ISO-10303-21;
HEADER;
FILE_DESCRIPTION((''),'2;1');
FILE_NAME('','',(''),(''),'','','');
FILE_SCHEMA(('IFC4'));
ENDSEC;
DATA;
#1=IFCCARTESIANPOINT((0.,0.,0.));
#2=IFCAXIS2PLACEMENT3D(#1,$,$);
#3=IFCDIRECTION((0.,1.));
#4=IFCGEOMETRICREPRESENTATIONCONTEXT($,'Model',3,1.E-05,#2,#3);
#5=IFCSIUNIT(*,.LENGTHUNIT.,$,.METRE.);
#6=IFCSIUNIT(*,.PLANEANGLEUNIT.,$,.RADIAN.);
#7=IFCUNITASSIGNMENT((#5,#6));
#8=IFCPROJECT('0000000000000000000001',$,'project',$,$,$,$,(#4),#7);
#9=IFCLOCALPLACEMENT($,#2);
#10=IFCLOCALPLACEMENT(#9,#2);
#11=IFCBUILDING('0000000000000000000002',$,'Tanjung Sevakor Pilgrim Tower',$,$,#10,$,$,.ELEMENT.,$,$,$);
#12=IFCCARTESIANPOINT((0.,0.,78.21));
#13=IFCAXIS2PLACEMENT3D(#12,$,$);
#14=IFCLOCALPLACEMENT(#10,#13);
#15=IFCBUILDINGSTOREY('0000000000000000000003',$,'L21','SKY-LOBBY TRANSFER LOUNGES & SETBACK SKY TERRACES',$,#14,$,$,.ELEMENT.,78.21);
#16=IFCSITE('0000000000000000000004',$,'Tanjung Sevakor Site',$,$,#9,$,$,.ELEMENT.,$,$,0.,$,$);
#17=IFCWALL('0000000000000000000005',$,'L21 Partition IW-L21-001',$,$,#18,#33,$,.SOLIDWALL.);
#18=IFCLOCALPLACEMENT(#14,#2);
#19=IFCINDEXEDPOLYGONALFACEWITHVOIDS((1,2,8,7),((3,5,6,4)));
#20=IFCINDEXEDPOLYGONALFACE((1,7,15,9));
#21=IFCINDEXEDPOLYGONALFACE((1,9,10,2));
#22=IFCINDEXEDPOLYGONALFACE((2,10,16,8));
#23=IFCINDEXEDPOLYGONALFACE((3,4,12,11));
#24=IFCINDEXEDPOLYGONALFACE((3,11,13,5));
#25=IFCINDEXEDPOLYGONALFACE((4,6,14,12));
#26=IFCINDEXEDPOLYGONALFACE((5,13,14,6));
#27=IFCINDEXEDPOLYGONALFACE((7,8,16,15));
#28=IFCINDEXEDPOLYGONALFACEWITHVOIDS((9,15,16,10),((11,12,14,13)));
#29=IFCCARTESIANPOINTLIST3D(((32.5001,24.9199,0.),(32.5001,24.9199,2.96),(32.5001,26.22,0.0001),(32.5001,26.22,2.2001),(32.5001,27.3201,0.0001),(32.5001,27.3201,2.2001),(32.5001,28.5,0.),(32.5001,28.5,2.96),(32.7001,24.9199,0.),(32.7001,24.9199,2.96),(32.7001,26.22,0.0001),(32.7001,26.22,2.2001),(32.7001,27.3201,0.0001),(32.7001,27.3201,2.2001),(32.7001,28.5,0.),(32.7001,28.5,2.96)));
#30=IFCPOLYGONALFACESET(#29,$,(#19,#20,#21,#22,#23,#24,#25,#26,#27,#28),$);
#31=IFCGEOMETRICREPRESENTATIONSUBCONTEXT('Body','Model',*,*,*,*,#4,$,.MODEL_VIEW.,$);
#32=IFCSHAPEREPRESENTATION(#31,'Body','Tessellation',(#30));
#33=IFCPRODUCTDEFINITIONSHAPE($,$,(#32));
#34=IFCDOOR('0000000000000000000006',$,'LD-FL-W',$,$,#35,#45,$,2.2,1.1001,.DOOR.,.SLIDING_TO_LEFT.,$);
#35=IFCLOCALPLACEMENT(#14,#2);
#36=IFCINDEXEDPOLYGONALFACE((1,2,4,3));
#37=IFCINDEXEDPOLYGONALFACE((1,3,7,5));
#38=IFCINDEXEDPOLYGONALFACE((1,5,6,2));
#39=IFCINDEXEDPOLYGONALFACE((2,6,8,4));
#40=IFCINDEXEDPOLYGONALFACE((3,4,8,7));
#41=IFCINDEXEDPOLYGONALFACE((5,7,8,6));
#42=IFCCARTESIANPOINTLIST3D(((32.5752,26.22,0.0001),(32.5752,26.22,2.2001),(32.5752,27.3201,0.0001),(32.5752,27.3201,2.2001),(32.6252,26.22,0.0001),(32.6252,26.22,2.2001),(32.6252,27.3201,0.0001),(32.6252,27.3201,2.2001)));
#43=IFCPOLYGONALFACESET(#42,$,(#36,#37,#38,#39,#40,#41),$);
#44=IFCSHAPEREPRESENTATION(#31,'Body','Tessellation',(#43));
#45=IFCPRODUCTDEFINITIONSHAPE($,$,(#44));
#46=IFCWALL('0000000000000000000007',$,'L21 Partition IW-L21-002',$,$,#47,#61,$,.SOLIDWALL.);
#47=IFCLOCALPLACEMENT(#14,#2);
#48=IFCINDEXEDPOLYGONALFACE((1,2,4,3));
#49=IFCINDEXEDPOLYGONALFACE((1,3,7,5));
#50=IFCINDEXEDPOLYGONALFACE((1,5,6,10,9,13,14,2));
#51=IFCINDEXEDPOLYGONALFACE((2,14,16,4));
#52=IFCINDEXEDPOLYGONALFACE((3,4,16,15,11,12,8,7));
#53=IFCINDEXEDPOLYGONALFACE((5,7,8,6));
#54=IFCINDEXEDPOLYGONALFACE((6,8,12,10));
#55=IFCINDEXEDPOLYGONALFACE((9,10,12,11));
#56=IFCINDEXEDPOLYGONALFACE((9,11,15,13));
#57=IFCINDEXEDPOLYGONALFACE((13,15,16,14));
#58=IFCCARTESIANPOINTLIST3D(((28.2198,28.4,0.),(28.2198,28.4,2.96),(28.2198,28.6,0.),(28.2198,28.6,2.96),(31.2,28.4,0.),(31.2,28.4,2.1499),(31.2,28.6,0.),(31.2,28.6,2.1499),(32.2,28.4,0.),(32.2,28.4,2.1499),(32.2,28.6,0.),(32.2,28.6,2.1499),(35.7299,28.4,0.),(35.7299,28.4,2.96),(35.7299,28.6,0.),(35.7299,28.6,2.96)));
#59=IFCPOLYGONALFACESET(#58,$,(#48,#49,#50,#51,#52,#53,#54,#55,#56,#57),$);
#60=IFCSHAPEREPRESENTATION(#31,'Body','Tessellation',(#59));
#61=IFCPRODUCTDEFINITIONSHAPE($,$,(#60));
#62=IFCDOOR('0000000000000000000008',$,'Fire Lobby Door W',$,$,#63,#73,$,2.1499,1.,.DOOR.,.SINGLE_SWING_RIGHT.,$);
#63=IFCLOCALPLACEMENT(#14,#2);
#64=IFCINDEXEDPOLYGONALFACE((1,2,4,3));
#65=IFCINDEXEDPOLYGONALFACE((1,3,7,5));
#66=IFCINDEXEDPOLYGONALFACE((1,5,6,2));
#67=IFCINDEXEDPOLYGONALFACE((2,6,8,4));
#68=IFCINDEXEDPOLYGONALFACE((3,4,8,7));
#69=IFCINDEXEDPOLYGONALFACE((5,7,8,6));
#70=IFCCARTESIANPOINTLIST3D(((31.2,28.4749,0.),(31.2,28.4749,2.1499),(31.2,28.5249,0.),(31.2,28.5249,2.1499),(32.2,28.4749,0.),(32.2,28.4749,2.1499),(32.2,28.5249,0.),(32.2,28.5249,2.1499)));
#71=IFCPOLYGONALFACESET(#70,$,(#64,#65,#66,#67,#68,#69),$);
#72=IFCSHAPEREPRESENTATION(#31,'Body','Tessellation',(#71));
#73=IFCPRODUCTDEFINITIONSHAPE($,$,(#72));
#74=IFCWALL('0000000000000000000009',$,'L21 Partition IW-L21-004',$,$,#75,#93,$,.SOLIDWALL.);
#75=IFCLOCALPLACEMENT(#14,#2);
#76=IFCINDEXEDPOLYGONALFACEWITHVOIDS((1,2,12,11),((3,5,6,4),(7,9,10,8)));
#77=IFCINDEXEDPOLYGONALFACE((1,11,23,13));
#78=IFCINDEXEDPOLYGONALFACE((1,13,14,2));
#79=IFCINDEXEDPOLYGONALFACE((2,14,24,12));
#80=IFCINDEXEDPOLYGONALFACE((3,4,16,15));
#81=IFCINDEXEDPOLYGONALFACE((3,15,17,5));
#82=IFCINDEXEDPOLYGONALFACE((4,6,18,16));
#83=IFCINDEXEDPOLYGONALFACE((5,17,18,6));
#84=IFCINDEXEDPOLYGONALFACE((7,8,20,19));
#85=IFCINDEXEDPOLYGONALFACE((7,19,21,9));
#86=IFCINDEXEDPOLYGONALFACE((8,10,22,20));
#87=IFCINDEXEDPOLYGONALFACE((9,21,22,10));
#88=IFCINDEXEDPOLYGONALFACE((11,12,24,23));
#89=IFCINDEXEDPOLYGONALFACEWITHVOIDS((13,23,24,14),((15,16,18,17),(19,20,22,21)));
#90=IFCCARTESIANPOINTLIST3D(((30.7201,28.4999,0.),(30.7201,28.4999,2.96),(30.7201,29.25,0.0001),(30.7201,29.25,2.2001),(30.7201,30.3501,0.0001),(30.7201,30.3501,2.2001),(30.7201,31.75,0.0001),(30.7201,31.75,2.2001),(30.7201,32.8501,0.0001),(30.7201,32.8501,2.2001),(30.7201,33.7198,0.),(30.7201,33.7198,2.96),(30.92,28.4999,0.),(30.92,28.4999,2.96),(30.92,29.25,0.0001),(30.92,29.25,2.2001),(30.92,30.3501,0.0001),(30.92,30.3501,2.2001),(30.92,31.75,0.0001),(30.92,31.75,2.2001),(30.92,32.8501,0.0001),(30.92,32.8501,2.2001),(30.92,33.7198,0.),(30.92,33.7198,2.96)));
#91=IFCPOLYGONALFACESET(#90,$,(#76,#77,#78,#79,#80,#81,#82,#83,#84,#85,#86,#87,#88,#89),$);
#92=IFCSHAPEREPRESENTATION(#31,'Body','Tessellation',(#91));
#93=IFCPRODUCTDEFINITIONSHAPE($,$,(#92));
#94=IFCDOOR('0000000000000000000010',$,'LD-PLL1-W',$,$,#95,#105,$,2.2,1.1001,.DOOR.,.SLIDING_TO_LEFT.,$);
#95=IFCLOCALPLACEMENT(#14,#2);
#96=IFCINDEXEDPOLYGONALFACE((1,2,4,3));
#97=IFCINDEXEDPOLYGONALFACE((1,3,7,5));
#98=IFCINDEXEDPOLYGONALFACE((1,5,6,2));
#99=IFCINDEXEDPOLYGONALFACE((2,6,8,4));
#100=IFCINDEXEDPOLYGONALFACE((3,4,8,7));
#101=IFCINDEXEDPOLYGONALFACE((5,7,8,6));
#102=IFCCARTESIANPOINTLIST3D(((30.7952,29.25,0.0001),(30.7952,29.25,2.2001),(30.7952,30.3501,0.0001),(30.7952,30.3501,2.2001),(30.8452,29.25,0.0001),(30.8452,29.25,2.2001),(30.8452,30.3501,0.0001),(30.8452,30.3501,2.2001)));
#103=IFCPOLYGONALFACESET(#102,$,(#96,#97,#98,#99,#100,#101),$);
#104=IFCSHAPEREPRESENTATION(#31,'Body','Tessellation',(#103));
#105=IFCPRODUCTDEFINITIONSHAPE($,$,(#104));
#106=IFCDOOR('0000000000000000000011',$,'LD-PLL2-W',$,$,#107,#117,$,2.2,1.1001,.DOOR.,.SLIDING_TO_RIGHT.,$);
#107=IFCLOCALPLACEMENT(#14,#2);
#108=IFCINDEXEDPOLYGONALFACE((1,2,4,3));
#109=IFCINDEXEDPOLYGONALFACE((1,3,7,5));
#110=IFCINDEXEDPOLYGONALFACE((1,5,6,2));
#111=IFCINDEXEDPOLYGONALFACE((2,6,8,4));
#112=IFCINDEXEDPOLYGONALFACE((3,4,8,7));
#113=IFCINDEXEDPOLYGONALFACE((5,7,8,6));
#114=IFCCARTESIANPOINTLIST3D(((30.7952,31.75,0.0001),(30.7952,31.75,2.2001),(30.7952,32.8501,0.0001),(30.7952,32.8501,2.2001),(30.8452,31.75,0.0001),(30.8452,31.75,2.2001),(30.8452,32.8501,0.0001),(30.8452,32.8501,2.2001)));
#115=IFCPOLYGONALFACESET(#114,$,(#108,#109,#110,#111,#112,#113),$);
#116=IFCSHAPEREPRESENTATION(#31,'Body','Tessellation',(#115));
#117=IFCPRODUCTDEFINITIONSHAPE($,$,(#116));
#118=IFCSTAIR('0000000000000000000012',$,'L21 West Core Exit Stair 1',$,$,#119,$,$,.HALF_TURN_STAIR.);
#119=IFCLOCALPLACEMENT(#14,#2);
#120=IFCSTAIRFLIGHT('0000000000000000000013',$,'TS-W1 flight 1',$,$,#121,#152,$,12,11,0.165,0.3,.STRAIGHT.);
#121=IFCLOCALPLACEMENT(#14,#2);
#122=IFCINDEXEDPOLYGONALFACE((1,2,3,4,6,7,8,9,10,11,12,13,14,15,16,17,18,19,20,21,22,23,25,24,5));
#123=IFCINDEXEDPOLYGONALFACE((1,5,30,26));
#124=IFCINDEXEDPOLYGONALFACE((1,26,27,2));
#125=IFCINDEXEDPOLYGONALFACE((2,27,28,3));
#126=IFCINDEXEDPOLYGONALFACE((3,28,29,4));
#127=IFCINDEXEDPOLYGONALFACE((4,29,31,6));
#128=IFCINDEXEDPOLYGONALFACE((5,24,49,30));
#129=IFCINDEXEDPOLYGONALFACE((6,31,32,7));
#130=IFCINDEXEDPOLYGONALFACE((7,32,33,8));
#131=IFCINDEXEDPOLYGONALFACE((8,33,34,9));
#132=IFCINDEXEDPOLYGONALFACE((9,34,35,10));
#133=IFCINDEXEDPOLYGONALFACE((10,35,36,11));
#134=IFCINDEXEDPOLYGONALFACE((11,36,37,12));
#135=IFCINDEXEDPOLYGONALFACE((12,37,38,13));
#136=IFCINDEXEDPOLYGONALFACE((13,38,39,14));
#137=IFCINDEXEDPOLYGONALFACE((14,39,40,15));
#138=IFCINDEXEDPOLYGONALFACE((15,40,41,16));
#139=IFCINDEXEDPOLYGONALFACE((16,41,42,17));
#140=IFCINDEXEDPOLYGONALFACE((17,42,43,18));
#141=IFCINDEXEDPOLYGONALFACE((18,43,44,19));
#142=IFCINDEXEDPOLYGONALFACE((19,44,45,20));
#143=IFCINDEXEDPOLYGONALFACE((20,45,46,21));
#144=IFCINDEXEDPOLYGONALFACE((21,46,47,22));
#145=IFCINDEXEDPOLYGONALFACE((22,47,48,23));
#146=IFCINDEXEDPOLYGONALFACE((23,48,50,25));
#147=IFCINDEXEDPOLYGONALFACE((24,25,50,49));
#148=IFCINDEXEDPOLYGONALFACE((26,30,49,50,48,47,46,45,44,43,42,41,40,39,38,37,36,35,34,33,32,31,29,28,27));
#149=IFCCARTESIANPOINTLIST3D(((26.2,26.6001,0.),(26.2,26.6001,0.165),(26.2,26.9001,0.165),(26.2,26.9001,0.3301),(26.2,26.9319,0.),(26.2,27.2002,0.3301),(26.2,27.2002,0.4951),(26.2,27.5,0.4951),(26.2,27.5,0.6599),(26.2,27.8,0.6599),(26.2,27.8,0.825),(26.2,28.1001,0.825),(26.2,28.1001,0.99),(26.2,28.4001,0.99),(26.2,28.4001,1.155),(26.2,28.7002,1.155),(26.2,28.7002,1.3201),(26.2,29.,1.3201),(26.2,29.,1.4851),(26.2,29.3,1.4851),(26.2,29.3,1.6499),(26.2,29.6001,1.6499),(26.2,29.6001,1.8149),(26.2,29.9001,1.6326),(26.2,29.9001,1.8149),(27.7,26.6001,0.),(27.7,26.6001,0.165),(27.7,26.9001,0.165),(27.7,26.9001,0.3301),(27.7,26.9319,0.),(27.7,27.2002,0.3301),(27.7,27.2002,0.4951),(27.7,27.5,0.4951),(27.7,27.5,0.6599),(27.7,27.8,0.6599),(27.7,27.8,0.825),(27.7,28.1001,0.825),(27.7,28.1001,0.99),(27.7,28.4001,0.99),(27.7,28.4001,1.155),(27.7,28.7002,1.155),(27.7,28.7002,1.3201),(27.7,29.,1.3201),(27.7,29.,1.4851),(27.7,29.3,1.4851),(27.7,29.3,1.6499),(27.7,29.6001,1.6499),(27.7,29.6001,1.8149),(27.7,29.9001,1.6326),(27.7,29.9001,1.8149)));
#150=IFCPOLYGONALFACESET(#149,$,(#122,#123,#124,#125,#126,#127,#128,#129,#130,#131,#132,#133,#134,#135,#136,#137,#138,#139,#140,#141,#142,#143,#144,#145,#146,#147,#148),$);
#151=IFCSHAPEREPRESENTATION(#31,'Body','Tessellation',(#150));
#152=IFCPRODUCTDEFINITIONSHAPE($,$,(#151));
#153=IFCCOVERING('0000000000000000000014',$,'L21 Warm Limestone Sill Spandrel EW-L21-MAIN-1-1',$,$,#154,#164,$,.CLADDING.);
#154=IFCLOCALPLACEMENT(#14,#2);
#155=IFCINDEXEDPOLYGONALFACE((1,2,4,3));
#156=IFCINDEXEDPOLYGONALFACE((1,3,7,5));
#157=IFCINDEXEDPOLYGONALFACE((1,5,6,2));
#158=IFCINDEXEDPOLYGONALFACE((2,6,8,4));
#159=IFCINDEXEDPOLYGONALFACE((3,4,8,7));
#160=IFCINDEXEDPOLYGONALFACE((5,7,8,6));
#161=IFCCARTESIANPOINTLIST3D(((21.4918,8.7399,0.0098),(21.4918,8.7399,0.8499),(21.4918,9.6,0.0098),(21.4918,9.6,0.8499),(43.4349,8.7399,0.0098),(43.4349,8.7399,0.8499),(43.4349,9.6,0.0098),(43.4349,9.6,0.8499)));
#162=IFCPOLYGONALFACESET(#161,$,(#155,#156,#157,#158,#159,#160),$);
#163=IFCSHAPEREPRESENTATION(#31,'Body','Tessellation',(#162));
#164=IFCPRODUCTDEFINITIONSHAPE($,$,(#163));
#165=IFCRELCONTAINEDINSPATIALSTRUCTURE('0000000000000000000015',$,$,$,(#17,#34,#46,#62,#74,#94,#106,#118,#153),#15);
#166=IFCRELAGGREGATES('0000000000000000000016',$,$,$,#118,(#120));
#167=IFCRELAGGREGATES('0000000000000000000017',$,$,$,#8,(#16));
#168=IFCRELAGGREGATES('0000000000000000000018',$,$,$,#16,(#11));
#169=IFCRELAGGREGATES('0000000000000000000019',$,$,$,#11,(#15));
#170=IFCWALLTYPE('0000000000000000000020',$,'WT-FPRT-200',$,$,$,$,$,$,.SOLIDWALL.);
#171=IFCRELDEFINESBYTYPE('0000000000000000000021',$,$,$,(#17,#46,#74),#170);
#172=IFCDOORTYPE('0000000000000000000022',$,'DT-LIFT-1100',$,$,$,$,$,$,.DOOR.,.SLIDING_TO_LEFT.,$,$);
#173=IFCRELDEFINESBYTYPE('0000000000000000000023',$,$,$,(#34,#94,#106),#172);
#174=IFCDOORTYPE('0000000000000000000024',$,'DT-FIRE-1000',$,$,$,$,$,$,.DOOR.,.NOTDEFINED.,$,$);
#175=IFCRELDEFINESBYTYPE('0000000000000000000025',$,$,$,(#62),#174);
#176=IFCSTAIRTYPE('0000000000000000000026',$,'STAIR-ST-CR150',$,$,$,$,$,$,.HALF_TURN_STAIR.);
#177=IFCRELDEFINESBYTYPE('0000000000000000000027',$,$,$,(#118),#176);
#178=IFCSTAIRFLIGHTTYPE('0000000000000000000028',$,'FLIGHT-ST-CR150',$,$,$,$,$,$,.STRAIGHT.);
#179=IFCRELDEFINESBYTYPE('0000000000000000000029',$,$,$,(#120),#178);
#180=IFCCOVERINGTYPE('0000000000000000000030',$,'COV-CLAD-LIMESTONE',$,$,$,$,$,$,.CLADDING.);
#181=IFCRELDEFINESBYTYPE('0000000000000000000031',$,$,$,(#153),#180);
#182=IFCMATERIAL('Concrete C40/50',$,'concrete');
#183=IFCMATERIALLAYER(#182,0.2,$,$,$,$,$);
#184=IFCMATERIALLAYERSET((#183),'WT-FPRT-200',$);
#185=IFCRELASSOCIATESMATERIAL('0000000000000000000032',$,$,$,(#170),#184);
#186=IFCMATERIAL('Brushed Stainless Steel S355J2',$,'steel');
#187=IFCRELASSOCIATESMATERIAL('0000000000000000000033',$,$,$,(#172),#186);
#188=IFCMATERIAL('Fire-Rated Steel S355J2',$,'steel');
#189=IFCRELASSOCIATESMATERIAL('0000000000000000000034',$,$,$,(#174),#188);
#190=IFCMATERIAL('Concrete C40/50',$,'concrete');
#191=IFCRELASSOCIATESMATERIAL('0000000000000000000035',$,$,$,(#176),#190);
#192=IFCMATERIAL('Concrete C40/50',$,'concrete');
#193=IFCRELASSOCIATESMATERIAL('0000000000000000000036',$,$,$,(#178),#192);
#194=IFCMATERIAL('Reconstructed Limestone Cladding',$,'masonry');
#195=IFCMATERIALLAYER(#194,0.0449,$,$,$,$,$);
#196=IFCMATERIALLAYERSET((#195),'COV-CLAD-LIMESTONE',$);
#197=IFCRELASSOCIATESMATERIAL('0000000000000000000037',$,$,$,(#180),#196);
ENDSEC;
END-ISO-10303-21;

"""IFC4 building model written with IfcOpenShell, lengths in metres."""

from ifc_helpers import new_model, si_unit, direction, frame, frame_2d, origin, origin_2d, place, context, subcontext, project, spatial, polyline, rectangle, outline, extrude, material, layer, layer_set, type_object, element, fill, aggregate, save


model = new_model("IFC4")

# Units and contexts
model_context = context("Model", 3, precision=1e-05, world=origin(), true_north=direction((0.0, 1.0)))
body_context = subcontext(model_context, "Body", "Model", "MODEL_VIEW")
ifc_project = project(units=[si_unit("LENGTHUNIT", "METRE"), si_unit("PLANEANGLEUNIT", "RADIAN")], contexts=[model_context])

# Site, building, storey
site_placement = place(None, origin())
site = spatial("IfcSite", under=ifc_project, at=site_placement, Name="Tanjung Sevakor Site", CompositionType="ELEMENT", RefElevation=0.0)
building_placement = place(site_placement, origin())
building = spatial("IfcBuilding", under=site, at=building_placement, Name="Tanjung Sevakor Pilgrim Tower", CompositionType="ELEMENT")
storey_placement = place(building_placement, frame((0.0, 0.0, 78.21)))
storey = spatial("IfcBuildingStorey", under=building, at=storey_placement, Name="L21", Description="SKY-LOBBY TRANSFER LOUNGES & SETBACK SKY TERRACES", CompositionType="ELEMENT", Elevation=78.21)

# Walls, openings, doors
ifc_material_1 = material(Name="Concrete C40/50", Category="concrete")
ifc_layer_1 = layer(ifc_material_1, 0.2)
ifc_layer_set_1 = layer_set([ifc_layer_1], Name="WT-FPRT-200")
wall_type_1 = type_object("IfcWallType", Name="WT-FPRT-200", PredefinedType="SOLIDWALL", material=ifc_layer_set_1)
wall_1_placement = place(storey_placement, frame((32.6001, 24.9199, 0.0), z_axis=(0.0, 0.0, 1.0), x_axis=(0.0, 1.0, 0.0)))
wall_1 = element("IfcWall", 1, at=wall_1_placement, inside=storey, type_object=wall_type_1, Name="L21 Partition IW-L21-001", PredefinedType="SOLIDWALL", context=body_context, shape_type="SweptSolid", body=[
    extrude(rectangle(XDim=3.5801, YDim=0.2, at=frame_2d((1.79, 0.0))), origin(), (0.0, 0.0, 1.0), 2.96),
])
opening_1_placement = place(wall_1_placement, frame((1.3, 0.0, 0.0)))
opening_1 = element("IfcOpeningElement", 2, at=opening_1_placement, cuts=wall_1, PredefinedType="OPENING", context=body_context, shape_type="SweptSolid", body=[
    extrude(rectangle(XDim=1.1001, YDim=2.2, at=frame_2d((0.55, 1.1001))), frame((0.0, 0.1099, 0.0), z_axis=(0.0, -1.0, 0.0), x_axis=(1.0, 0.0, 0.0)), (0.0, 0.0, 1.0), 0.22),
])
ifc_material_2 = material(Name="Brushed Stainless Steel S355J2", Category="steel")
door_type_1 = type_object("IfcDoorType", Name="DT-LIFT-1100", OperationType="SLIDING_TO_LEFT", PredefinedType="DOOR", material=ifc_material_2)
door_1_placement = place(opening_1_placement, origin())
door_1 = element("IfcDoor", 3, at=door_1_placement, inside=storey, type_object=door_type_1, Name="LD-FL-W", OperationType="SLIDING_TO_LEFT", OverallHeight=2.2, OverallWidth=1.1001, PredefinedType="DOOR", context=body_context, shape_type="SweptSolid", body=[
    extrude(rectangle(XDim=1.1001, YDim=2.2, at=frame_2d((0.55, 1.1001))), frame((0.0, 0.0249, 0.0), z_axis=(0.0, -1.0, 0.0), x_axis=(1.0, 0.0, 0.0)), (0.0, 0.0, 1.0), 0.05),
])
fill(opening_1, door_1)
wall_2_placement = place(storey_placement, frame((28.22, 28.5, 0.0), z_axis=(0.0, 0.0, 1.0), x_axis=(1.0, 0.0, 0.0)))
wall_2 = element("IfcWall", 4, at=wall_2_placement, inside=storey, type_object=wall_type_1, Name="L21 Partition IW-L21-002", PredefinedType="SOLIDWALL", context=body_context, shape_type="SweptSolid", body=[
    extrude(rectangle(XDim=7.51, YDim=0.2, at=frame_2d((3.7549, 0.0))), origin(), (0.0, 0.0, 1.0), 2.96),
])
opening_2_placement = place(wall_2_placement, frame((2.98, 0.0, 0.0)))
opening_2 = element("IfcOpeningElement", 5, at=opening_2_placement, cuts=wall_2, PredefinedType="OPENING", context=body_context, shape_type="SweptSolid", body=[
    extrude(rectangle(XDim=1.0, YDim=2.1499, at=frame_2d((0.5, 1.075))), frame((0.0, 0.1099, 0.0), z_axis=(0.0, -1.0, 0.0), x_axis=(1.0, 0.0, 0.0)), (0.0, 0.0, 1.0), 0.22),
])
ifc_material_3 = material(Name="Fire-Rated Steel S355J2", Category="steel")
door_type_2 = type_object("IfcDoorType", Name="DT-FIRE-1000", OperationType="NOTDEFINED", PredefinedType="DOOR", material=ifc_material_3)
door_2_placement = place(opening_2_placement, origin())
door_2 = element("IfcDoor", 6, at=door_2_placement, inside=storey, type_object=door_type_2, Name="Fire Lobby Door W", OperationType="SINGLE_SWING_RIGHT", OverallHeight=2.1499, OverallWidth=1.0, PredefinedType="DOOR", context=body_context, shape_type="SweptSolid", body=[
    extrude(rectangle(XDim=1.0, YDim=2.1499, at=frame_2d((0.5, 1.075))), frame((0.0, 0.0249, 0.0), z_axis=(0.0, -1.0, 0.0), x_axis=(1.0, 0.0, 0.0)), (0.0, 0.0, 1.0), 0.05),
])
fill(opening_2, door_2)

# Wall, openings, doors
wall_3_placement = place(storey_placement, frame((30.8201, 28.5, 0.0), z_axis=(0.0, 0.0, 1.0), x_axis=(0.0, 1.0, 0.0)))
wall_3 = element("IfcWall", 7, at=wall_3_placement, inside=storey, type_object=wall_type_1, Name="L21 Partition IW-L21-004", PredefinedType="SOLIDWALL", context=body_context, shape_type="SweptSolid", body=[
    extrude(rectangle(XDim=5.22, YDim=0.2, at=frame_2d((2.6099, 0.0))), origin(), (0.0, 0.0, 1.0), 2.96),
])
opening_3_placement = place(wall_3_placement, frame((0.75, 0.0, 0.0)))
opening_3 = element("IfcOpeningElement", 8, at=opening_3_placement, cuts=wall_3, PredefinedType="OPENING", context=body_context, shape_type="SweptSolid", body=[
    extrude(rectangle(XDim=1.1001, YDim=2.2, at=frame_2d((0.55, 1.1001))), frame((0.0, 0.1099, 0.0), z_axis=(0.0, -1.0, 0.0), x_axis=(1.0, 0.0, 0.0)), (0.0, 0.0, 1.0), 0.22),
])
opening_4_placement = place(wall_3_placement, frame((3.25, 0.0, 0.0)))
opening_4 = element("IfcOpeningElement", 9, at=opening_4_placement, cuts=wall_3, PredefinedType="OPENING", context=body_context, shape_type="SweptSolid", body=[
    extrude(rectangle(XDim=1.1001, YDim=2.2, at=frame_2d((0.55, 1.1001))), frame((0.0, 0.1099, 0.0), z_axis=(0.0, -1.0, 0.0), x_axis=(1.0, 0.0, 0.0)), (0.0, 0.0, 1.0), 0.22),
])
door_3_placement = place(opening_3_placement, origin())
door_3 = element("IfcDoor", 10, at=door_3_placement, inside=storey, type_object=door_type_1, Name="LD-PLL1-W", OperationType="SLIDING_TO_LEFT", OverallHeight=2.2, OverallWidth=1.1001, PredefinedType="DOOR", context=body_context, shape_type="SweptSolid", body=[
    extrude(rectangle(XDim=1.1001, YDim=2.2, at=frame_2d((0.55, 1.1001))), frame((0.0, 0.0249, 0.0), z_axis=(0.0, -1.0, 0.0), x_axis=(1.0, 0.0, 0.0)), (0.0, 0.0, 1.0), 0.05),
])
fill(opening_3, door_3)
door_4_placement = place(opening_4_placement, origin())
door_4 = element("IfcDoor", 11, at=door_4_placement, inside=storey, type_object=door_type_1, Name="LD-PLL2-W", OperationType="SLIDING_TO_RIGHT", OverallHeight=2.2, OverallWidth=1.1001, PredefinedType="DOOR", context=body_context, shape_type="SweptSolid", body=[
    extrude(rectangle(XDim=1.1001, YDim=2.2, at=frame_2d((0.55, 1.1001))), frame((0.0, 0.0249, 0.0), z_axis=(0.0, -1.0, 0.0), x_axis=(1.0, 0.0, 0.0)), (0.0, 0.0, 1.0), 0.05),
])
fill(opening_4, door_4)

# Stair, stair flight
ifc_material_4 = material(Name="Concrete C40/50", Category="concrete")
stair_type = type_object("IfcStairType", Name="STAIR-ST-CR150", PredefinedType="HALF_TURN_STAIR", material=ifc_material_4)
stair_placement = place(storey_placement, origin())
stair = element("IfcStair", 12, at=stair_placement, inside=storey, type_object=stair_type, Name="L21 West Core Exit Stair 1", PredefinedType="HALF_TURN_STAIR")
ifc_material_5 = material(Name="Concrete C40/50", Category="concrete")
stair_flight_type = type_object("IfcStairFlightType", Name="FLIGHT-ST-CR150", PredefinedType="STRAIGHT", material=ifc_material_5)
stair_flight_placement = place(storey_placement, frame((26.95, 26.6001, 0.0), z_axis=(0.0, 0.0, 1.0), x_axis=(0.0, 1.0, 0.0)))
stair_flight = element("IfcStairFlight", 13, at=stair_flight_placement, type_object=stair_flight_type, Name="TS-W1 flight 1", NumberOfRisers=12, NumberOfTreads=11, PredefinedType="STRAIGHT", RiserHeight=0.165, TreadLength=0.3, context=body_context, shape_type="SweptSolid", body=[
    extrude(outline(polyline([(0.0, 0.0), (0.0, 0.165), (0.3, 0.165), (0.3, 0.3301), (0.6001, 0.3301), (0.6001, 0.4951), (0.8999, 0.4951), (0.8999, 0.6599), (1.2, 0.6599), (1.2, 0.825), (1.5, 0.825), (1.5, 0.99), (1.8, 0.99), (1.8, 1.155), (2.1001, 1.155), (2.1001, 1.3201), (2.3999, 1.3201), (2.3999, 1.4851), (2.7, 1.4851), (2.7, 1.6499), (3.0, 1.6499), (3.0, 1.8149), (3.3, 1.8149), (3.3, 1.98), (3.3, 1.6326), (0.3318, 0.0), (0.0, 0.0)])), frame((0.0, 0.75, 0.0), z_axis=(0.0, -1.0, 0.0), x_axis=(1.0, 0.0, 0.0)), (0.0, 0.0, 1.0), 1.5),
])
aggregate(stair, [stair_flight])

# Covering
ifc_material_6 = material(Name="Reconstructed Limestone Cladding", Category="masonry")
ifc_layer_2 = layer(ifc_material_6, 0.0449)
ifc_layer_set_2 = layer_set([ifc_layer_2], Name="COV-CLAD-LIMESTONE")
covering_type = type_object("IfcCoveringType", Name="COV-CLAD-LIMESTONE", PredefinedType="CLADDING", material=ifc_layer_set_2)
covering_1_placement = place(storey_placement, frame((32.4634, 9.1699, 0.0098), z_axis=(0.0, 0.0, 1.0), x_axis=(1.0, 0.0, 0.0)))
element("IfcCovering", 14, at=covering_1_placement, inside=storey, type_object=covering_type, Name="L21 Warm Limestone Sill Spandrel EW-L21-MAIN-1-1", PredefinedType="CLADDING", context=body_context, shape_type="SweptSolid", body=[
    extrude(rectangle(XDim=21.9431, YDim=0.8601, at=origin_2d()), origin(), (0.0, 0.0, 1.0), 0.8401),
])

save(model, "model.ifc")
